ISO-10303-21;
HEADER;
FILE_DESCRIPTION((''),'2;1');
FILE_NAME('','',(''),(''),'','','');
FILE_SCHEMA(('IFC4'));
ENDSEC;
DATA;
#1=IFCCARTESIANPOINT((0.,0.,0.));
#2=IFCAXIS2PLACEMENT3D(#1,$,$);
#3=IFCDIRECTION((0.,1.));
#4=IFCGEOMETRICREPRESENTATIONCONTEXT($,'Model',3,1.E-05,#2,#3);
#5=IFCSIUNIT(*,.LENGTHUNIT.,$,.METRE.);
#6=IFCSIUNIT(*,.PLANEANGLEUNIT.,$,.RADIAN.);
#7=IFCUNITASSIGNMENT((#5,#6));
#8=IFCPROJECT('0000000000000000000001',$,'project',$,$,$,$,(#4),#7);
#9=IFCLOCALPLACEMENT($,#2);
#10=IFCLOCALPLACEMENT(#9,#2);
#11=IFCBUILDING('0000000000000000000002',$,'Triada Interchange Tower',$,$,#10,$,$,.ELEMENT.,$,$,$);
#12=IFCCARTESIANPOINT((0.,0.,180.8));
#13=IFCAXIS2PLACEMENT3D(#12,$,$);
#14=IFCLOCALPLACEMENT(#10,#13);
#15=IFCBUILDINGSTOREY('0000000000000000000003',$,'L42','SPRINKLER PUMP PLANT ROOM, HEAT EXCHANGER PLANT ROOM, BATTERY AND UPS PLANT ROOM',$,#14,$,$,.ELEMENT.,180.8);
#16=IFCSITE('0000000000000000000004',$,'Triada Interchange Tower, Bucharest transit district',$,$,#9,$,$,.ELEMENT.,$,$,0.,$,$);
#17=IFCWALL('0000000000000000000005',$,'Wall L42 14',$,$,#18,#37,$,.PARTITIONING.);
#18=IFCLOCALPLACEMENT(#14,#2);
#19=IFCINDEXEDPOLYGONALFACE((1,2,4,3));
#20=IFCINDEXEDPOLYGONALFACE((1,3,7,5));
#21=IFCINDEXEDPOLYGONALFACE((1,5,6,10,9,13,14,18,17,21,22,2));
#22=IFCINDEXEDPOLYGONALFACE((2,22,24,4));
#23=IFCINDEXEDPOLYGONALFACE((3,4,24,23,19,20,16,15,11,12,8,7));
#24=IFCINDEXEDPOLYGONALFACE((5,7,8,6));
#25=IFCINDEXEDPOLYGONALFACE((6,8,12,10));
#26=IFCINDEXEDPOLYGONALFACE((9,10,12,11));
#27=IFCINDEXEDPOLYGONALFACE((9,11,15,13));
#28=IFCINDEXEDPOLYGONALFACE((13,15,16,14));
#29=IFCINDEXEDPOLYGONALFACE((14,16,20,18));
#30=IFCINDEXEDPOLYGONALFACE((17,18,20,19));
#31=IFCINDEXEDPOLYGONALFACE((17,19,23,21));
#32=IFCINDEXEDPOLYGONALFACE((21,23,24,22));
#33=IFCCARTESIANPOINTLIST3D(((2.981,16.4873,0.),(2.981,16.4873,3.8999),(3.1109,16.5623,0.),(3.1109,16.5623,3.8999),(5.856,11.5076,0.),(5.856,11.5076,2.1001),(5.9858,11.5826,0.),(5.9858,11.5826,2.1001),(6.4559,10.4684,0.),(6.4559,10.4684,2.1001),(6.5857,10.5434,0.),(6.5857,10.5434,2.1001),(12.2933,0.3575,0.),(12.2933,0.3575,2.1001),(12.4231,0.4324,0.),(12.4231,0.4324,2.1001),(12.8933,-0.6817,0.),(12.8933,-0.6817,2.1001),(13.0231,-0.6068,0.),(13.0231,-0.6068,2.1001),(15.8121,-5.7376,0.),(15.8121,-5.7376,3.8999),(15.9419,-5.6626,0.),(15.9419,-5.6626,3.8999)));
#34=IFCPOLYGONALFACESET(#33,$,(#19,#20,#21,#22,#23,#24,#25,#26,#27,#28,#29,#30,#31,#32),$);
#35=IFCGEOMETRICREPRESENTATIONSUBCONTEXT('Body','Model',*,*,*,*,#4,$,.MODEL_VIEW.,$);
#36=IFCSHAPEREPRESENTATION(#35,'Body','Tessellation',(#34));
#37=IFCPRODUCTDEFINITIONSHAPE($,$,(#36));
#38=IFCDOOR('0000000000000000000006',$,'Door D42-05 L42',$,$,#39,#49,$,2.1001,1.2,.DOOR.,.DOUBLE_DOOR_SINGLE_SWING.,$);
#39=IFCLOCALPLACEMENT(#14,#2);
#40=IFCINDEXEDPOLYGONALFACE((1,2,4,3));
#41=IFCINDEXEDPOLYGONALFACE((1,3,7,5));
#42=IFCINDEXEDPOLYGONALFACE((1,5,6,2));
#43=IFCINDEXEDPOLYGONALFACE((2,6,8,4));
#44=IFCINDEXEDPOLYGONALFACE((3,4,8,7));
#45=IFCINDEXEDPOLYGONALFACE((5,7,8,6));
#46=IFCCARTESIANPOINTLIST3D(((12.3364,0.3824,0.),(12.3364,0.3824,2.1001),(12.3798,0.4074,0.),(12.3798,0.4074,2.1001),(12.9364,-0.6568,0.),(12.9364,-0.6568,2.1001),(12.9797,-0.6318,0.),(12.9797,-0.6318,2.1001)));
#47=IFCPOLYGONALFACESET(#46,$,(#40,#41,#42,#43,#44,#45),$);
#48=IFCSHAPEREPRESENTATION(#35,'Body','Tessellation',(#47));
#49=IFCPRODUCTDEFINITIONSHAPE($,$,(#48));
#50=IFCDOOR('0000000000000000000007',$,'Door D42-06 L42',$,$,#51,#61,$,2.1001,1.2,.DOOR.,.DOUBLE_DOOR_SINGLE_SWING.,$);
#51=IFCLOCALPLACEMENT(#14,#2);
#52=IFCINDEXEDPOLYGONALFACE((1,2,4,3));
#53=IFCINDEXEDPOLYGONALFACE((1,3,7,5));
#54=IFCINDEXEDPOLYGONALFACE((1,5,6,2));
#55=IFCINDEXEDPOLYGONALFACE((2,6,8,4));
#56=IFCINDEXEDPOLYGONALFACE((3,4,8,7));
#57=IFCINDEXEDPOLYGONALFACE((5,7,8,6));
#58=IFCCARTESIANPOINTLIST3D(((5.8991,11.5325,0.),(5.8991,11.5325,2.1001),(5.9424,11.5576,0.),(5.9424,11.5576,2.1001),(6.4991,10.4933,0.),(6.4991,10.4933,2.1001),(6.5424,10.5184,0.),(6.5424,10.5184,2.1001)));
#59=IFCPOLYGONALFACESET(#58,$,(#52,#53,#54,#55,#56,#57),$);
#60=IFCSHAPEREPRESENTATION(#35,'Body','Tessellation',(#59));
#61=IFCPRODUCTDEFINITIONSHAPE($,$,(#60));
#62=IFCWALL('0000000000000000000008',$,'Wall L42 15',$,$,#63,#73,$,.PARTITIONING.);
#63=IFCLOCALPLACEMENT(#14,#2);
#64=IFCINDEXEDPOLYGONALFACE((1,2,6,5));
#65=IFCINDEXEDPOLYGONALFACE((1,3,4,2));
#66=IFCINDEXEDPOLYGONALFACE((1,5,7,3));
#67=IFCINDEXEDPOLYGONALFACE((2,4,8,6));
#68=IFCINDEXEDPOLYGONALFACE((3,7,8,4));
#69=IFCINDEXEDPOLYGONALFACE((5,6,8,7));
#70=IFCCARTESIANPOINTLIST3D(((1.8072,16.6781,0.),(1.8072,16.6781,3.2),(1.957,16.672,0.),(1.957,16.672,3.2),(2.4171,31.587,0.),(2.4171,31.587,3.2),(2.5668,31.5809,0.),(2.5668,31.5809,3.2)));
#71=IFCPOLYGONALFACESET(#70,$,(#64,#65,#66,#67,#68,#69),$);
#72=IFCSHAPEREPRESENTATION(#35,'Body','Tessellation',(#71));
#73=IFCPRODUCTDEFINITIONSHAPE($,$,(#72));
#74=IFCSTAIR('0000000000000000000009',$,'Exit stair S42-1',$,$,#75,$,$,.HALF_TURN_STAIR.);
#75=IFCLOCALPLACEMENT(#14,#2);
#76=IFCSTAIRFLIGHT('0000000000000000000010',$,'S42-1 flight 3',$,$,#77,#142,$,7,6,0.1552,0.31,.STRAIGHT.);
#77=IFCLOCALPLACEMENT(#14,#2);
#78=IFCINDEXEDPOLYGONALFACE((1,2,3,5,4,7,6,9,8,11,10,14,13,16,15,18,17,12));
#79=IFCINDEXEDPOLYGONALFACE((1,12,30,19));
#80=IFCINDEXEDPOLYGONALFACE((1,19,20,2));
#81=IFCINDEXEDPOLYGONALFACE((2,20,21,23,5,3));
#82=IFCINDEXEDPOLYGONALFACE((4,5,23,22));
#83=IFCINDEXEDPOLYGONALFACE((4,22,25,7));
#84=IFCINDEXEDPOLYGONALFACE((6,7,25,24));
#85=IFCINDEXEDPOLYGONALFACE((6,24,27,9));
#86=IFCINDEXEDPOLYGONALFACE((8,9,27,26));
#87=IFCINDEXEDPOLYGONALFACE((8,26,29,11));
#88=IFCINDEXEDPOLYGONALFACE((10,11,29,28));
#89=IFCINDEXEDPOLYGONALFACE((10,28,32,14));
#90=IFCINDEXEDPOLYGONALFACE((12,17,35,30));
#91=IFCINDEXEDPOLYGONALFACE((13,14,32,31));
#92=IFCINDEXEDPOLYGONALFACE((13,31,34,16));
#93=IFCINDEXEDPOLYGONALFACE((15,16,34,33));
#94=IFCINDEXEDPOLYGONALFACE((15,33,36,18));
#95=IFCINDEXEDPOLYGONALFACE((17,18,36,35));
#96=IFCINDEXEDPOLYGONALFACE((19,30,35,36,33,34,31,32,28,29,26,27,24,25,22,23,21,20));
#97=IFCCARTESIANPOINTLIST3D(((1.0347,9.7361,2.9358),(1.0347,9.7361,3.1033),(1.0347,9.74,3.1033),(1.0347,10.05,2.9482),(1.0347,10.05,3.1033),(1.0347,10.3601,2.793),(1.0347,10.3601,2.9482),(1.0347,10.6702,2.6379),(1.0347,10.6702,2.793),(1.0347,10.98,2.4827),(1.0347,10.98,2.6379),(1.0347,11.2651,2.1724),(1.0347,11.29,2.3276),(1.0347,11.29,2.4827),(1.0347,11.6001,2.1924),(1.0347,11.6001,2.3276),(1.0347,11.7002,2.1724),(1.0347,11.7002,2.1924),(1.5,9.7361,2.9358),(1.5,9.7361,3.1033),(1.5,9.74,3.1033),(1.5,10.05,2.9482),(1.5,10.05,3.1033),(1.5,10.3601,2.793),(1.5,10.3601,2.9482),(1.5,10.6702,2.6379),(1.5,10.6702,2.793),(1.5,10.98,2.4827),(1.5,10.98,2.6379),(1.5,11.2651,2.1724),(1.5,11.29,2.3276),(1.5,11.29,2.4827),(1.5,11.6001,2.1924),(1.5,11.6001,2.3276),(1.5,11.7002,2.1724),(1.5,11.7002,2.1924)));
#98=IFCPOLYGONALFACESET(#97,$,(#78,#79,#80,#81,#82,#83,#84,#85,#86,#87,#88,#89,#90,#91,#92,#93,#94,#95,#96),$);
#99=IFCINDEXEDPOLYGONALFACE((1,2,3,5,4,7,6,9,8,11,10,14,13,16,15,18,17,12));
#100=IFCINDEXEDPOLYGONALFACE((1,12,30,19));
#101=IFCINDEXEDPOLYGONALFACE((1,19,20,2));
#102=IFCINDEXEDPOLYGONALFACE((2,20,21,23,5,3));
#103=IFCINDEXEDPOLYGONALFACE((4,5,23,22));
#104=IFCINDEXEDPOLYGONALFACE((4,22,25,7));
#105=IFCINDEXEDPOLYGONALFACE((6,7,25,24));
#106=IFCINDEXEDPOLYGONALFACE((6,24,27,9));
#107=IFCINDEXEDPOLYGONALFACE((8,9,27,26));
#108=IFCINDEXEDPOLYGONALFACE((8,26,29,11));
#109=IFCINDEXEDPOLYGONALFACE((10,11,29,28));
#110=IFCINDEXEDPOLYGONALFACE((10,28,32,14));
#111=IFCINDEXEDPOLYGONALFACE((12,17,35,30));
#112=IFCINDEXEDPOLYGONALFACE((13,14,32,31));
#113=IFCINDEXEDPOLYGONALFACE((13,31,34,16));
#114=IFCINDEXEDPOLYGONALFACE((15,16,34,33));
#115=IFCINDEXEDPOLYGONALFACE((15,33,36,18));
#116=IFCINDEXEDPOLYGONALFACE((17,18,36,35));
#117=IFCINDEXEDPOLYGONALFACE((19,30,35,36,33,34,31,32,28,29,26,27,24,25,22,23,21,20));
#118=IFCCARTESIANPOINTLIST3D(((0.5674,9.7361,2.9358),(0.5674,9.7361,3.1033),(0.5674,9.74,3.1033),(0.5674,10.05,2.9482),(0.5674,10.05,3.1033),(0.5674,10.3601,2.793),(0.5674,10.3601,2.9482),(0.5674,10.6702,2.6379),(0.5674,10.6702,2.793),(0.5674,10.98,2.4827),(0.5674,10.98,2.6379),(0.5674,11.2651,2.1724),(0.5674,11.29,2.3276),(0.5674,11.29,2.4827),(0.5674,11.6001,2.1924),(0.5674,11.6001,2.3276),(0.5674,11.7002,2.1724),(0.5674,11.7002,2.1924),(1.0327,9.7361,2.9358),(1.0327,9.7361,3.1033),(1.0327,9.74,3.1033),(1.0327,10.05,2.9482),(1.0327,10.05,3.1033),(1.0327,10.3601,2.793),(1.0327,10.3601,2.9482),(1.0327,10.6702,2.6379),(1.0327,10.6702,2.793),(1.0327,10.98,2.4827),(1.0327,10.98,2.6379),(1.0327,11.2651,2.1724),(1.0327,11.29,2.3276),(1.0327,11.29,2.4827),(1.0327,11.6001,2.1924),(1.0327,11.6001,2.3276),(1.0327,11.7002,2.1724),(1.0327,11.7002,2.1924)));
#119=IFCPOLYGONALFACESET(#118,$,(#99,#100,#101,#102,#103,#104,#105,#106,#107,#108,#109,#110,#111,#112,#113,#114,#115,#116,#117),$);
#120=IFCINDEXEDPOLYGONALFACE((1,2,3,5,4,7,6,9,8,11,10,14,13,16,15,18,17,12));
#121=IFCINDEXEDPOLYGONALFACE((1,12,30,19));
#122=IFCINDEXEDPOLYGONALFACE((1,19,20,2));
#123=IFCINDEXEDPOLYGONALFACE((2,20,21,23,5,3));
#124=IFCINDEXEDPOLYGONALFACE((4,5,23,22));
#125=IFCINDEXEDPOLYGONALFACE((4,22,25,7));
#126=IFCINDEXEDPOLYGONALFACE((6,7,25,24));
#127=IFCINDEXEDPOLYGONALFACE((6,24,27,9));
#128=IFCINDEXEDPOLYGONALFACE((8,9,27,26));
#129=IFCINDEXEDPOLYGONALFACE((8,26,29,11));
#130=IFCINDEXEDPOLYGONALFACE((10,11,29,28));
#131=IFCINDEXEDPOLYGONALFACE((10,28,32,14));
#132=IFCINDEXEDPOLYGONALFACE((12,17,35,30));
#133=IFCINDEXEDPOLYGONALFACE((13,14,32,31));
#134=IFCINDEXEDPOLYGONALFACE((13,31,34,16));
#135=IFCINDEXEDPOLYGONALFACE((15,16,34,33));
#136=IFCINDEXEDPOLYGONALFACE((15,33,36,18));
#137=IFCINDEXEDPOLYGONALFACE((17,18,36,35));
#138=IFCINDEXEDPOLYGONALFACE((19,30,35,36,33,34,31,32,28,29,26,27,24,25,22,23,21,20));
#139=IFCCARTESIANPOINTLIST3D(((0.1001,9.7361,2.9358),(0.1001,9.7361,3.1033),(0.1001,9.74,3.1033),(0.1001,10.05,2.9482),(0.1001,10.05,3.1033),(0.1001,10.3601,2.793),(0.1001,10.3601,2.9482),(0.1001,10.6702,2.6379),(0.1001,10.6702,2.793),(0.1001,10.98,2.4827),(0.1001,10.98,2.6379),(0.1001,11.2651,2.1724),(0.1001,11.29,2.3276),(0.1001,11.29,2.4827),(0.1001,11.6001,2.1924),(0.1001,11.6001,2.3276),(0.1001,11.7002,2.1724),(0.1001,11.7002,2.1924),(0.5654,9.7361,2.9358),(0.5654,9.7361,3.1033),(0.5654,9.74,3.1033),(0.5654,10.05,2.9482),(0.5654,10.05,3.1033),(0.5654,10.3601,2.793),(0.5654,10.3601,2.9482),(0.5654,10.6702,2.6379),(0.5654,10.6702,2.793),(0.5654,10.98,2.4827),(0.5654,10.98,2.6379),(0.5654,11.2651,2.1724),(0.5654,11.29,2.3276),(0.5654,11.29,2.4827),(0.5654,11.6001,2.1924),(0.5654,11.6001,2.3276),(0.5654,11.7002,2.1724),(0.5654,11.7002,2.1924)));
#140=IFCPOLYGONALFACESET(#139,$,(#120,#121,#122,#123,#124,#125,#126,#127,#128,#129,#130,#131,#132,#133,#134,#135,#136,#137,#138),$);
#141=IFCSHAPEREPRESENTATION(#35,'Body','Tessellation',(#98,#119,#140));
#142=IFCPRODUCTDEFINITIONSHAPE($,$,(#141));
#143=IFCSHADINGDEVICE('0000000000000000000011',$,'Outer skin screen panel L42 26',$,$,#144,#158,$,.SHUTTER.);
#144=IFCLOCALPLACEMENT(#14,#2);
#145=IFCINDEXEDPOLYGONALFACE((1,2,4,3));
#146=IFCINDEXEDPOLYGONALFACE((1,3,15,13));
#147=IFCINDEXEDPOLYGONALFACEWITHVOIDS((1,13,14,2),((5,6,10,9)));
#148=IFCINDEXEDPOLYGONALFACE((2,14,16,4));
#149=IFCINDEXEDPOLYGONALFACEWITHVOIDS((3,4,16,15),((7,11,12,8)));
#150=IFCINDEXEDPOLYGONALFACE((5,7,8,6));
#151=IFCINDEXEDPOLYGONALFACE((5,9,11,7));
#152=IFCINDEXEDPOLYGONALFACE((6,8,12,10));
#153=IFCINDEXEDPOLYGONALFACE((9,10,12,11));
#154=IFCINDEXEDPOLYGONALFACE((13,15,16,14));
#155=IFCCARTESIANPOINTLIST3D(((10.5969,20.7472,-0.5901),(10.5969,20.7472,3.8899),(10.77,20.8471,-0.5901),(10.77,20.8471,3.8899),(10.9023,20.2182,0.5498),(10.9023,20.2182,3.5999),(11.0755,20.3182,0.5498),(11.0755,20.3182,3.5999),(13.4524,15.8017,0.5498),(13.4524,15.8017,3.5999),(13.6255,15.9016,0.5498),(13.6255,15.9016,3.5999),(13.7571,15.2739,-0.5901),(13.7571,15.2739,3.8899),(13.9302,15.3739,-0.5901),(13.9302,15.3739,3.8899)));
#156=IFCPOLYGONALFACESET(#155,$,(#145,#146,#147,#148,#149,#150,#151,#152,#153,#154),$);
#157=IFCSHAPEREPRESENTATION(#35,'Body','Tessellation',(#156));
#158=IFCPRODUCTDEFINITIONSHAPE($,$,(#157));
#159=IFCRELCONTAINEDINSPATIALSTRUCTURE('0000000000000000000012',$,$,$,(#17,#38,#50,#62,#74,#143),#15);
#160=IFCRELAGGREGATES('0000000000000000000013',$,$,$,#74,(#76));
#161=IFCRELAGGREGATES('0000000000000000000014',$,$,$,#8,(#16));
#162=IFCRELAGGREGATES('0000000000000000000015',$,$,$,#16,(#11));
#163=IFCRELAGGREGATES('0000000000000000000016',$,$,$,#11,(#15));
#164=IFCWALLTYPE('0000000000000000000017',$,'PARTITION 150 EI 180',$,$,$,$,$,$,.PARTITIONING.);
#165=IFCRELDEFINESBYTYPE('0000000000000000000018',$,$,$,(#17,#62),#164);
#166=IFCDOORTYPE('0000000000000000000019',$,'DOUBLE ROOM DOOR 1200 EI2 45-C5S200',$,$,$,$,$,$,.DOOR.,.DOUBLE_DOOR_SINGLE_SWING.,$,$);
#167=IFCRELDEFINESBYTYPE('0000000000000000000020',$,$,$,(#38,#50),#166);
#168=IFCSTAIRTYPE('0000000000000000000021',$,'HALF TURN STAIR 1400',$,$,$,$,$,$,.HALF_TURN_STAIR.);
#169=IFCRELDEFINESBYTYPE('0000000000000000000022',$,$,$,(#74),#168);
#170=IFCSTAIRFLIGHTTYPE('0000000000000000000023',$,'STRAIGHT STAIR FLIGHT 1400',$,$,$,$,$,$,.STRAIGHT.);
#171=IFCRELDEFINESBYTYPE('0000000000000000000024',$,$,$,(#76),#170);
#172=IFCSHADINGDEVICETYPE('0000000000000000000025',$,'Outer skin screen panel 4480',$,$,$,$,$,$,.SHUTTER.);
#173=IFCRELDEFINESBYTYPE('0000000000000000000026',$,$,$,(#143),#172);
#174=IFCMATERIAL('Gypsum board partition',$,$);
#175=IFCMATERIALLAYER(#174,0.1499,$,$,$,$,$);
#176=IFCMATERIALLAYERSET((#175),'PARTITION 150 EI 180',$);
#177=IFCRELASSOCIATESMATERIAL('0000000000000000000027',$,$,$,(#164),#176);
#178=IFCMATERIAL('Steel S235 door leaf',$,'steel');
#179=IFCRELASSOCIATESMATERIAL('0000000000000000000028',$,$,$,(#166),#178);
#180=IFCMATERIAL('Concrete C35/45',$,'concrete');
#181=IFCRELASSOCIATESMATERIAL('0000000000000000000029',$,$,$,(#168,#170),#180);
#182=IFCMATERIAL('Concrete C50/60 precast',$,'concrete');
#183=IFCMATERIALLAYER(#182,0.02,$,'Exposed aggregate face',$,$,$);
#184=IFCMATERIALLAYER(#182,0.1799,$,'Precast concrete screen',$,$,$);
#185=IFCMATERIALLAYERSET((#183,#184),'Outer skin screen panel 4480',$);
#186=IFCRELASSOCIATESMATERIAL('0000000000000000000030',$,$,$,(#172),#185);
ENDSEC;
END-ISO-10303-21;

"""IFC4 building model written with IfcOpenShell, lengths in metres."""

from ifc_helpers import new_model, si_unit, direction, frame, frame_2d, origin, place, context, subcontext, project, spatial, polyline, rectangle, outline, extrude, material, layer, layer_set, type_object, element, fill, aggregate, save


model = new_model("IFC4")

# Units and contexts
model_context = context("Model", 3, precision=1e-05, world=origin(), true_north=direction((0.0, 1.0)))
body_context = subcontext(model_context, "Body", "Model", "MODEL_VIEW")
ifc_project = project(units=[si_unit("LENGTHUNIT", "METRE"), si_unit("PLANEANGLEUNIT", "RADIAN")], contexts=[model_context])

# Site, building, storey
site_placement = place(None, origin())
site = spatial("IfcSite", under=ifc_project, at=site_placement, Name="Triada Interchange Tower, Bucharest transit district", CompositionType="ELEMENT", RefElevation=0.0)
building_placement = place(site_placement, origin())
building = spatial("IfcBuilding", under=site, at=building_placement, Name="Triada Interchange Tower", CompositionType="ELEMENT")
storey_placement = place(building_placement, frame((0.0, 0.0, 180.8)))
storey = spatial("IfcBuildingStorey", under=building, at=storey_placement, Name="L42", Description="SPRINKLER PUMP PLANT ROOM, HEAT EXCHANGER PLANT ROOM, BATTERY AND UPS PLANT ROOM", CompositionType="ELEMENT", Elevation=180.8)

# Shared definitions
ifc_material_1 = material(Name="Concrete C35/45", Category="concrete")

# Shared definitions
ifc_material_2 = material(Name="Steel S235 door leaf", Category="steel")

# Shared definitions
ifc_material_3 = material(Name="Gypsum board partition")
ifc_layer_1 = layer(ifc_material_3, 0.1499)
ifc_layer_set_1 = layer_set([ifc_layer_1], Name="PARTITION 150 EI 180")
wall_type_1 = type_object("IfcWallType", Name="PARTITION 150 EI 180", PredefinedType="PARTITIONING", material=ifc_layer_set_1)

# Wall, openings, doors
wall_1_placement = place(storey_placement, frame((3.0459, 16.5249, 0.0), z_axis=(0.0, 0.0, 1.0), x_axis=(0.499986, -0.866033, 0.0)))
wall_1 = element("IfcWall", 1, at=wall_1_placement, inside=storey, type_object=wall_type_1, Name="Wall L42 14", PredefinedType="PARTITIONING", context=body_context, shape_type="SweptSolid", body=[
    extrude(rectangle(XDim=25.6628, YDim=0.1499, at=frame_2d((12.8315, 0.0))), origin(), (0.0, 0.0, 1.0), 3.8999),
])
opening_1_placement = place(wall_1_placement, frame((18.625, 0.0, 0.0)))
opening_1 = element("IfcOpeningElement", 2, at=opening_1_placement, cuts=wall_1, PredefinedType="OPENING", context=body_context, shape_type="SweptSolid", body=[
    extrude(rectangle(XDim=1.2, YDim=2.1001, at=frame_2d((0.6001, 1.05))), frame((0.0, 0.085, 0.0), z_axis=(0.0, -1.0, 0.0), x_axis=(1.0, 0.0, 0.0)), (0.0, 0.0, 1.0), 0.1699),
])
opening_2_placement = place(wall_1_placement, frame((5.75, 0.0, 0.0)))
opening_2 = element("IfcOpeningElement", 3, at=opening_2_placement, cuts=wall_1, PredefinedType="OPENING", context=body_context, shape_type="SweptSolid", body=[
    extrude(rectangle(XDim=1.2, YDim=2.1001, at=frame_2d((0.6001, 1.05))), frame((0.0, 0.085, 0.0), z_axis=(0.0, -1.0, 0.0), x_axis=(1.0, 0.0, 0.0)), (0.0, 0.0, 1.0), 0.1699),
])
door_type_1 = type_object("IfcDoorType", Name="DOUBLE ROOM DOOR 1200 EI2 45-C5S200", OperationType="DOUBLE_DOOR_SINGLE_SWING", PredefinedType="DOOR", material=ifc_material_2)
door_1_placement = place(opening_1_placement, origin())
door_1 = element("IfcDoor", 4, at=door_1_placement, inside=storey, type_object=door_type_1, Name="Door D42-05 L42", OperationType="DOUBLE_DOOR_SINGLE_SWING", OverallHeight=2.1001, OverallWidth=1.2, PredefinedType="DOOR", context=body_context, shape_type="SweptSolid", body=[
    extrude(rectangle(XDim=1.2, YDim=2.1001, at=frame_2d((0.6001, 1.05))), frame((0.0, 0.0249, 0.0), z_axis=(0.0, -1.0, 0.0), x_axis=(1.0, 0.0, 0.0)), (0.0, 0.0, 1.0), 0.05),
])
fill(opening_1, door_1)
door_2_placement = place(opening_2_placement, origin())
door_2 = element("IfcDoor", 5, at=door_2_placement, inside=storey, type_object=door_type_1, Name="Door D42-06 L42", OperationType="DOUBLE_DOOR_SINGLE_SWING", OverallHeight=2.1001, OverallWidth=1.2, PredefinedType="DOOR", context=body_context, shape_type="SweptSolid", body=[
    extrude(rectangle(XDim=1.2, YDim=2.1001, at=frame_2d((0.6001, 1.05))), frame((0.0, 0.0249, 0.0), z_axis=(0.0, -1.0, 0.0), x_axis=(1.0, 0.0, 0.0)), (0.0, 0.0, 1.0), 0.05),
])
fill(opening_2, door_2)

# Wall
wall_2_placement = place(storey_placement, frame((1.8821, 16.675, 0.0), z_axis=(0.0, 0.0, 1.0), x_axis=(0.040872, 0.999164, 0.0)))
element("IfcWall", 6, at=wall_2_placement, inside=storey, type_object=wall_type_1, Name="Wall L42 15", PredefinedType="PARTITIONING", context=body_context, shape_type="SweptSolid", body=[
    extrude(rectangle(XDim=14.9214, YDim=0.1499, at=frame_2d((7.4607, 0.0))), origin(), (0.0, 0.0, 1.0), 3.2),
])

# Stair, stair flight
stair_type = type_object("IfcStairType", Name="HALF TURN STAIR 1400", PredefinedType="HALF_TURN_STAIR", material=ifc_material_1)
stair_placement = place(storey_placement, origin())
stair = element("IfcStair", 7, at=stair_placement, inside=storey, type_object=stair_type, Name="Exit stair S42-1", PredefinedType="HALF_TURN_STAIR")
stair_flight_type = type_object("IfcStairFlightType", Name="STRAIGHT STAIR FLIGHT 1400", PredefinedType="STRAIGHT", material=ifc_material_1)
stair_flight_placement = place(storey_placement, frame((0.8, 11.6001, 2.1724), z_axis=(0.0, 0.0, 1.0), x_axis=(0.0, -1.0, 0.0)))
stair_flight = element("IfcStairFlight", 8, at=stair_flight_placement, type_object=stair_flight_type, Name="S42-1 flight 3", NumberOfRisers=7, NumberOfTreads=6, PredefinedType="STRAIGHT", RiserHeight=0.1552, TreadLength=0.31, context=body_context, shape_type="SweptSolid", body=[
    extrude(outline(polyline([(-0.1001, 0.0), (-0.1001, 0.02), (0.0, 0.02), (0.0, 0.1553), (0.3101, 0.1553), (0.3101, 0.3103), (0.6201, 0.3103), (0.6201, 0.4656), (0.9299, 0.4656), (0.9299, 0.6206), (1.24, 0.6206), (1.24, 0.7759), (1.55, 0.7759), (1.55, 0.9309), (1.8601, 0.9309), (1.864, 0.9309), (1.864, 1.0862), (1.864, 0.7634), (0.335, 0.0), (-0.1001, 0.0)])), frame((0.0, 0.7, 0.0), z_axis=(0.0, -1.0, 0.0), x_axis=(1.0, 0.0, 0.0)), (0.0, 0.0, 1.0), 0.4653),
    extrude(outline(polyline([(-0.1001, 0.0), (-0.1001, 0.02), (0.0, 0.02), (0.0, 0.1553), (0.3101, 0.1553), (0.3101, 0.3103), (0.6201, 0.3103), (0.6201, 0.4656), (0.9299, 0.4656), (0.9299, 0.6206), (1.24, 0.6206), (1.24, 0.7759), (1.55, 0.7759), (1.55, 0.9309), (1.8601, 0.9309), (1.864, 0.9309), (1.864, 1.0862), (1.864, 0.7634), (0.335, 0.0), (-0.1001, 0.0)])), frame((0.0, 0.2327, 0.0), z_axis=(0.0, -1.0, 0.0), x_axis=(1.0, 0.0, 0.0)), (0.0, 0.0, 1.0), 0.4653),
    extrude(outline(polyline([(-0.1001, 0.0), (-0.1001, 0.02), (0.0, 0.02), (0.0, 0.1553), (0.3101, 0.1553), (0.3101, 0.3103), (0.6201, 0.3103), (0.6201, 0.4656), (0.9299, 0.4656), (0.9299, 0.6206), (1.24, 0.6206), (1.24, 0.7759), (1.55, 0.7759), (1.55, 0.9309), (1.8601, 0.9309), (1.864, 0.9309), (1.864, 1.0862), (1.864, 0.7634), (0.335, 0.0), (-0.1001, 0.0)])), frame((0.0, -0.2346, 0.0), z_axis=(0.0, -1.0, 0.0), x_axis=(1.0, 0.0, 0.0)), (0.0, 0.0, 1.0), 0.4653),
])

# Shading device
ifc_material_4 = material(Name="Concrete C50/60 precast", Category="concrete")
ifc_layer_2 = layer(ifc_material_4, 0.02, Name="Exposed aggregate face")
ifc_layer_3 = layer(ifc_material_4, 0.1799, Name="Precast concrete screen")
ifc_layer_set_2 = layer_set([ifc_layer_2, ifc_layer_3], Name="Outer skin screen panel 4480")
shading_device_type = type_object("IfcShadingDeviceType", Name="Outer skin screen panel 4480", PredefinedType="SHUTTER", material=ifc_layer_set_2)
shading_device_placement = place(storey_placement, frame((13.7571, 15.2739, -0.5901), z_axis=(0.0, 0.0, 1.0), x_axis=(-0.500028, 0.866009, 0.0)))
element("IfcShadingDevice", 9, at=shading_device_placement, inside=storey, type_object=shading_device_type, Name="Outer skin screen panel L42 26", PredefinedType="SHUTTER", context=body_context, shape_type="SweptSolid", body=[
    extrude(outline(polyline([(0.0, 0.0), (6.3201, 0.0), (6.3201, 4.48), (0.0, 4.48), (0.0, 0.0)]), holes=[polyline([(0.6094, 1.1399), (0.6094, 4.1899), (5.7092, 4.1899), (5.7092, 1.1399), (0.6094, 1.1399)])]), frame((0.0, 0.0, 0.0), z_axis=(0.0, -1.0, 0.0), x_axis=(1.0, 0.0, 0.0)), (0.0, 0.0, 1.0), 0.2),
])

aggregate(stair, [stair_flight])

save(model, "model.ifc")
